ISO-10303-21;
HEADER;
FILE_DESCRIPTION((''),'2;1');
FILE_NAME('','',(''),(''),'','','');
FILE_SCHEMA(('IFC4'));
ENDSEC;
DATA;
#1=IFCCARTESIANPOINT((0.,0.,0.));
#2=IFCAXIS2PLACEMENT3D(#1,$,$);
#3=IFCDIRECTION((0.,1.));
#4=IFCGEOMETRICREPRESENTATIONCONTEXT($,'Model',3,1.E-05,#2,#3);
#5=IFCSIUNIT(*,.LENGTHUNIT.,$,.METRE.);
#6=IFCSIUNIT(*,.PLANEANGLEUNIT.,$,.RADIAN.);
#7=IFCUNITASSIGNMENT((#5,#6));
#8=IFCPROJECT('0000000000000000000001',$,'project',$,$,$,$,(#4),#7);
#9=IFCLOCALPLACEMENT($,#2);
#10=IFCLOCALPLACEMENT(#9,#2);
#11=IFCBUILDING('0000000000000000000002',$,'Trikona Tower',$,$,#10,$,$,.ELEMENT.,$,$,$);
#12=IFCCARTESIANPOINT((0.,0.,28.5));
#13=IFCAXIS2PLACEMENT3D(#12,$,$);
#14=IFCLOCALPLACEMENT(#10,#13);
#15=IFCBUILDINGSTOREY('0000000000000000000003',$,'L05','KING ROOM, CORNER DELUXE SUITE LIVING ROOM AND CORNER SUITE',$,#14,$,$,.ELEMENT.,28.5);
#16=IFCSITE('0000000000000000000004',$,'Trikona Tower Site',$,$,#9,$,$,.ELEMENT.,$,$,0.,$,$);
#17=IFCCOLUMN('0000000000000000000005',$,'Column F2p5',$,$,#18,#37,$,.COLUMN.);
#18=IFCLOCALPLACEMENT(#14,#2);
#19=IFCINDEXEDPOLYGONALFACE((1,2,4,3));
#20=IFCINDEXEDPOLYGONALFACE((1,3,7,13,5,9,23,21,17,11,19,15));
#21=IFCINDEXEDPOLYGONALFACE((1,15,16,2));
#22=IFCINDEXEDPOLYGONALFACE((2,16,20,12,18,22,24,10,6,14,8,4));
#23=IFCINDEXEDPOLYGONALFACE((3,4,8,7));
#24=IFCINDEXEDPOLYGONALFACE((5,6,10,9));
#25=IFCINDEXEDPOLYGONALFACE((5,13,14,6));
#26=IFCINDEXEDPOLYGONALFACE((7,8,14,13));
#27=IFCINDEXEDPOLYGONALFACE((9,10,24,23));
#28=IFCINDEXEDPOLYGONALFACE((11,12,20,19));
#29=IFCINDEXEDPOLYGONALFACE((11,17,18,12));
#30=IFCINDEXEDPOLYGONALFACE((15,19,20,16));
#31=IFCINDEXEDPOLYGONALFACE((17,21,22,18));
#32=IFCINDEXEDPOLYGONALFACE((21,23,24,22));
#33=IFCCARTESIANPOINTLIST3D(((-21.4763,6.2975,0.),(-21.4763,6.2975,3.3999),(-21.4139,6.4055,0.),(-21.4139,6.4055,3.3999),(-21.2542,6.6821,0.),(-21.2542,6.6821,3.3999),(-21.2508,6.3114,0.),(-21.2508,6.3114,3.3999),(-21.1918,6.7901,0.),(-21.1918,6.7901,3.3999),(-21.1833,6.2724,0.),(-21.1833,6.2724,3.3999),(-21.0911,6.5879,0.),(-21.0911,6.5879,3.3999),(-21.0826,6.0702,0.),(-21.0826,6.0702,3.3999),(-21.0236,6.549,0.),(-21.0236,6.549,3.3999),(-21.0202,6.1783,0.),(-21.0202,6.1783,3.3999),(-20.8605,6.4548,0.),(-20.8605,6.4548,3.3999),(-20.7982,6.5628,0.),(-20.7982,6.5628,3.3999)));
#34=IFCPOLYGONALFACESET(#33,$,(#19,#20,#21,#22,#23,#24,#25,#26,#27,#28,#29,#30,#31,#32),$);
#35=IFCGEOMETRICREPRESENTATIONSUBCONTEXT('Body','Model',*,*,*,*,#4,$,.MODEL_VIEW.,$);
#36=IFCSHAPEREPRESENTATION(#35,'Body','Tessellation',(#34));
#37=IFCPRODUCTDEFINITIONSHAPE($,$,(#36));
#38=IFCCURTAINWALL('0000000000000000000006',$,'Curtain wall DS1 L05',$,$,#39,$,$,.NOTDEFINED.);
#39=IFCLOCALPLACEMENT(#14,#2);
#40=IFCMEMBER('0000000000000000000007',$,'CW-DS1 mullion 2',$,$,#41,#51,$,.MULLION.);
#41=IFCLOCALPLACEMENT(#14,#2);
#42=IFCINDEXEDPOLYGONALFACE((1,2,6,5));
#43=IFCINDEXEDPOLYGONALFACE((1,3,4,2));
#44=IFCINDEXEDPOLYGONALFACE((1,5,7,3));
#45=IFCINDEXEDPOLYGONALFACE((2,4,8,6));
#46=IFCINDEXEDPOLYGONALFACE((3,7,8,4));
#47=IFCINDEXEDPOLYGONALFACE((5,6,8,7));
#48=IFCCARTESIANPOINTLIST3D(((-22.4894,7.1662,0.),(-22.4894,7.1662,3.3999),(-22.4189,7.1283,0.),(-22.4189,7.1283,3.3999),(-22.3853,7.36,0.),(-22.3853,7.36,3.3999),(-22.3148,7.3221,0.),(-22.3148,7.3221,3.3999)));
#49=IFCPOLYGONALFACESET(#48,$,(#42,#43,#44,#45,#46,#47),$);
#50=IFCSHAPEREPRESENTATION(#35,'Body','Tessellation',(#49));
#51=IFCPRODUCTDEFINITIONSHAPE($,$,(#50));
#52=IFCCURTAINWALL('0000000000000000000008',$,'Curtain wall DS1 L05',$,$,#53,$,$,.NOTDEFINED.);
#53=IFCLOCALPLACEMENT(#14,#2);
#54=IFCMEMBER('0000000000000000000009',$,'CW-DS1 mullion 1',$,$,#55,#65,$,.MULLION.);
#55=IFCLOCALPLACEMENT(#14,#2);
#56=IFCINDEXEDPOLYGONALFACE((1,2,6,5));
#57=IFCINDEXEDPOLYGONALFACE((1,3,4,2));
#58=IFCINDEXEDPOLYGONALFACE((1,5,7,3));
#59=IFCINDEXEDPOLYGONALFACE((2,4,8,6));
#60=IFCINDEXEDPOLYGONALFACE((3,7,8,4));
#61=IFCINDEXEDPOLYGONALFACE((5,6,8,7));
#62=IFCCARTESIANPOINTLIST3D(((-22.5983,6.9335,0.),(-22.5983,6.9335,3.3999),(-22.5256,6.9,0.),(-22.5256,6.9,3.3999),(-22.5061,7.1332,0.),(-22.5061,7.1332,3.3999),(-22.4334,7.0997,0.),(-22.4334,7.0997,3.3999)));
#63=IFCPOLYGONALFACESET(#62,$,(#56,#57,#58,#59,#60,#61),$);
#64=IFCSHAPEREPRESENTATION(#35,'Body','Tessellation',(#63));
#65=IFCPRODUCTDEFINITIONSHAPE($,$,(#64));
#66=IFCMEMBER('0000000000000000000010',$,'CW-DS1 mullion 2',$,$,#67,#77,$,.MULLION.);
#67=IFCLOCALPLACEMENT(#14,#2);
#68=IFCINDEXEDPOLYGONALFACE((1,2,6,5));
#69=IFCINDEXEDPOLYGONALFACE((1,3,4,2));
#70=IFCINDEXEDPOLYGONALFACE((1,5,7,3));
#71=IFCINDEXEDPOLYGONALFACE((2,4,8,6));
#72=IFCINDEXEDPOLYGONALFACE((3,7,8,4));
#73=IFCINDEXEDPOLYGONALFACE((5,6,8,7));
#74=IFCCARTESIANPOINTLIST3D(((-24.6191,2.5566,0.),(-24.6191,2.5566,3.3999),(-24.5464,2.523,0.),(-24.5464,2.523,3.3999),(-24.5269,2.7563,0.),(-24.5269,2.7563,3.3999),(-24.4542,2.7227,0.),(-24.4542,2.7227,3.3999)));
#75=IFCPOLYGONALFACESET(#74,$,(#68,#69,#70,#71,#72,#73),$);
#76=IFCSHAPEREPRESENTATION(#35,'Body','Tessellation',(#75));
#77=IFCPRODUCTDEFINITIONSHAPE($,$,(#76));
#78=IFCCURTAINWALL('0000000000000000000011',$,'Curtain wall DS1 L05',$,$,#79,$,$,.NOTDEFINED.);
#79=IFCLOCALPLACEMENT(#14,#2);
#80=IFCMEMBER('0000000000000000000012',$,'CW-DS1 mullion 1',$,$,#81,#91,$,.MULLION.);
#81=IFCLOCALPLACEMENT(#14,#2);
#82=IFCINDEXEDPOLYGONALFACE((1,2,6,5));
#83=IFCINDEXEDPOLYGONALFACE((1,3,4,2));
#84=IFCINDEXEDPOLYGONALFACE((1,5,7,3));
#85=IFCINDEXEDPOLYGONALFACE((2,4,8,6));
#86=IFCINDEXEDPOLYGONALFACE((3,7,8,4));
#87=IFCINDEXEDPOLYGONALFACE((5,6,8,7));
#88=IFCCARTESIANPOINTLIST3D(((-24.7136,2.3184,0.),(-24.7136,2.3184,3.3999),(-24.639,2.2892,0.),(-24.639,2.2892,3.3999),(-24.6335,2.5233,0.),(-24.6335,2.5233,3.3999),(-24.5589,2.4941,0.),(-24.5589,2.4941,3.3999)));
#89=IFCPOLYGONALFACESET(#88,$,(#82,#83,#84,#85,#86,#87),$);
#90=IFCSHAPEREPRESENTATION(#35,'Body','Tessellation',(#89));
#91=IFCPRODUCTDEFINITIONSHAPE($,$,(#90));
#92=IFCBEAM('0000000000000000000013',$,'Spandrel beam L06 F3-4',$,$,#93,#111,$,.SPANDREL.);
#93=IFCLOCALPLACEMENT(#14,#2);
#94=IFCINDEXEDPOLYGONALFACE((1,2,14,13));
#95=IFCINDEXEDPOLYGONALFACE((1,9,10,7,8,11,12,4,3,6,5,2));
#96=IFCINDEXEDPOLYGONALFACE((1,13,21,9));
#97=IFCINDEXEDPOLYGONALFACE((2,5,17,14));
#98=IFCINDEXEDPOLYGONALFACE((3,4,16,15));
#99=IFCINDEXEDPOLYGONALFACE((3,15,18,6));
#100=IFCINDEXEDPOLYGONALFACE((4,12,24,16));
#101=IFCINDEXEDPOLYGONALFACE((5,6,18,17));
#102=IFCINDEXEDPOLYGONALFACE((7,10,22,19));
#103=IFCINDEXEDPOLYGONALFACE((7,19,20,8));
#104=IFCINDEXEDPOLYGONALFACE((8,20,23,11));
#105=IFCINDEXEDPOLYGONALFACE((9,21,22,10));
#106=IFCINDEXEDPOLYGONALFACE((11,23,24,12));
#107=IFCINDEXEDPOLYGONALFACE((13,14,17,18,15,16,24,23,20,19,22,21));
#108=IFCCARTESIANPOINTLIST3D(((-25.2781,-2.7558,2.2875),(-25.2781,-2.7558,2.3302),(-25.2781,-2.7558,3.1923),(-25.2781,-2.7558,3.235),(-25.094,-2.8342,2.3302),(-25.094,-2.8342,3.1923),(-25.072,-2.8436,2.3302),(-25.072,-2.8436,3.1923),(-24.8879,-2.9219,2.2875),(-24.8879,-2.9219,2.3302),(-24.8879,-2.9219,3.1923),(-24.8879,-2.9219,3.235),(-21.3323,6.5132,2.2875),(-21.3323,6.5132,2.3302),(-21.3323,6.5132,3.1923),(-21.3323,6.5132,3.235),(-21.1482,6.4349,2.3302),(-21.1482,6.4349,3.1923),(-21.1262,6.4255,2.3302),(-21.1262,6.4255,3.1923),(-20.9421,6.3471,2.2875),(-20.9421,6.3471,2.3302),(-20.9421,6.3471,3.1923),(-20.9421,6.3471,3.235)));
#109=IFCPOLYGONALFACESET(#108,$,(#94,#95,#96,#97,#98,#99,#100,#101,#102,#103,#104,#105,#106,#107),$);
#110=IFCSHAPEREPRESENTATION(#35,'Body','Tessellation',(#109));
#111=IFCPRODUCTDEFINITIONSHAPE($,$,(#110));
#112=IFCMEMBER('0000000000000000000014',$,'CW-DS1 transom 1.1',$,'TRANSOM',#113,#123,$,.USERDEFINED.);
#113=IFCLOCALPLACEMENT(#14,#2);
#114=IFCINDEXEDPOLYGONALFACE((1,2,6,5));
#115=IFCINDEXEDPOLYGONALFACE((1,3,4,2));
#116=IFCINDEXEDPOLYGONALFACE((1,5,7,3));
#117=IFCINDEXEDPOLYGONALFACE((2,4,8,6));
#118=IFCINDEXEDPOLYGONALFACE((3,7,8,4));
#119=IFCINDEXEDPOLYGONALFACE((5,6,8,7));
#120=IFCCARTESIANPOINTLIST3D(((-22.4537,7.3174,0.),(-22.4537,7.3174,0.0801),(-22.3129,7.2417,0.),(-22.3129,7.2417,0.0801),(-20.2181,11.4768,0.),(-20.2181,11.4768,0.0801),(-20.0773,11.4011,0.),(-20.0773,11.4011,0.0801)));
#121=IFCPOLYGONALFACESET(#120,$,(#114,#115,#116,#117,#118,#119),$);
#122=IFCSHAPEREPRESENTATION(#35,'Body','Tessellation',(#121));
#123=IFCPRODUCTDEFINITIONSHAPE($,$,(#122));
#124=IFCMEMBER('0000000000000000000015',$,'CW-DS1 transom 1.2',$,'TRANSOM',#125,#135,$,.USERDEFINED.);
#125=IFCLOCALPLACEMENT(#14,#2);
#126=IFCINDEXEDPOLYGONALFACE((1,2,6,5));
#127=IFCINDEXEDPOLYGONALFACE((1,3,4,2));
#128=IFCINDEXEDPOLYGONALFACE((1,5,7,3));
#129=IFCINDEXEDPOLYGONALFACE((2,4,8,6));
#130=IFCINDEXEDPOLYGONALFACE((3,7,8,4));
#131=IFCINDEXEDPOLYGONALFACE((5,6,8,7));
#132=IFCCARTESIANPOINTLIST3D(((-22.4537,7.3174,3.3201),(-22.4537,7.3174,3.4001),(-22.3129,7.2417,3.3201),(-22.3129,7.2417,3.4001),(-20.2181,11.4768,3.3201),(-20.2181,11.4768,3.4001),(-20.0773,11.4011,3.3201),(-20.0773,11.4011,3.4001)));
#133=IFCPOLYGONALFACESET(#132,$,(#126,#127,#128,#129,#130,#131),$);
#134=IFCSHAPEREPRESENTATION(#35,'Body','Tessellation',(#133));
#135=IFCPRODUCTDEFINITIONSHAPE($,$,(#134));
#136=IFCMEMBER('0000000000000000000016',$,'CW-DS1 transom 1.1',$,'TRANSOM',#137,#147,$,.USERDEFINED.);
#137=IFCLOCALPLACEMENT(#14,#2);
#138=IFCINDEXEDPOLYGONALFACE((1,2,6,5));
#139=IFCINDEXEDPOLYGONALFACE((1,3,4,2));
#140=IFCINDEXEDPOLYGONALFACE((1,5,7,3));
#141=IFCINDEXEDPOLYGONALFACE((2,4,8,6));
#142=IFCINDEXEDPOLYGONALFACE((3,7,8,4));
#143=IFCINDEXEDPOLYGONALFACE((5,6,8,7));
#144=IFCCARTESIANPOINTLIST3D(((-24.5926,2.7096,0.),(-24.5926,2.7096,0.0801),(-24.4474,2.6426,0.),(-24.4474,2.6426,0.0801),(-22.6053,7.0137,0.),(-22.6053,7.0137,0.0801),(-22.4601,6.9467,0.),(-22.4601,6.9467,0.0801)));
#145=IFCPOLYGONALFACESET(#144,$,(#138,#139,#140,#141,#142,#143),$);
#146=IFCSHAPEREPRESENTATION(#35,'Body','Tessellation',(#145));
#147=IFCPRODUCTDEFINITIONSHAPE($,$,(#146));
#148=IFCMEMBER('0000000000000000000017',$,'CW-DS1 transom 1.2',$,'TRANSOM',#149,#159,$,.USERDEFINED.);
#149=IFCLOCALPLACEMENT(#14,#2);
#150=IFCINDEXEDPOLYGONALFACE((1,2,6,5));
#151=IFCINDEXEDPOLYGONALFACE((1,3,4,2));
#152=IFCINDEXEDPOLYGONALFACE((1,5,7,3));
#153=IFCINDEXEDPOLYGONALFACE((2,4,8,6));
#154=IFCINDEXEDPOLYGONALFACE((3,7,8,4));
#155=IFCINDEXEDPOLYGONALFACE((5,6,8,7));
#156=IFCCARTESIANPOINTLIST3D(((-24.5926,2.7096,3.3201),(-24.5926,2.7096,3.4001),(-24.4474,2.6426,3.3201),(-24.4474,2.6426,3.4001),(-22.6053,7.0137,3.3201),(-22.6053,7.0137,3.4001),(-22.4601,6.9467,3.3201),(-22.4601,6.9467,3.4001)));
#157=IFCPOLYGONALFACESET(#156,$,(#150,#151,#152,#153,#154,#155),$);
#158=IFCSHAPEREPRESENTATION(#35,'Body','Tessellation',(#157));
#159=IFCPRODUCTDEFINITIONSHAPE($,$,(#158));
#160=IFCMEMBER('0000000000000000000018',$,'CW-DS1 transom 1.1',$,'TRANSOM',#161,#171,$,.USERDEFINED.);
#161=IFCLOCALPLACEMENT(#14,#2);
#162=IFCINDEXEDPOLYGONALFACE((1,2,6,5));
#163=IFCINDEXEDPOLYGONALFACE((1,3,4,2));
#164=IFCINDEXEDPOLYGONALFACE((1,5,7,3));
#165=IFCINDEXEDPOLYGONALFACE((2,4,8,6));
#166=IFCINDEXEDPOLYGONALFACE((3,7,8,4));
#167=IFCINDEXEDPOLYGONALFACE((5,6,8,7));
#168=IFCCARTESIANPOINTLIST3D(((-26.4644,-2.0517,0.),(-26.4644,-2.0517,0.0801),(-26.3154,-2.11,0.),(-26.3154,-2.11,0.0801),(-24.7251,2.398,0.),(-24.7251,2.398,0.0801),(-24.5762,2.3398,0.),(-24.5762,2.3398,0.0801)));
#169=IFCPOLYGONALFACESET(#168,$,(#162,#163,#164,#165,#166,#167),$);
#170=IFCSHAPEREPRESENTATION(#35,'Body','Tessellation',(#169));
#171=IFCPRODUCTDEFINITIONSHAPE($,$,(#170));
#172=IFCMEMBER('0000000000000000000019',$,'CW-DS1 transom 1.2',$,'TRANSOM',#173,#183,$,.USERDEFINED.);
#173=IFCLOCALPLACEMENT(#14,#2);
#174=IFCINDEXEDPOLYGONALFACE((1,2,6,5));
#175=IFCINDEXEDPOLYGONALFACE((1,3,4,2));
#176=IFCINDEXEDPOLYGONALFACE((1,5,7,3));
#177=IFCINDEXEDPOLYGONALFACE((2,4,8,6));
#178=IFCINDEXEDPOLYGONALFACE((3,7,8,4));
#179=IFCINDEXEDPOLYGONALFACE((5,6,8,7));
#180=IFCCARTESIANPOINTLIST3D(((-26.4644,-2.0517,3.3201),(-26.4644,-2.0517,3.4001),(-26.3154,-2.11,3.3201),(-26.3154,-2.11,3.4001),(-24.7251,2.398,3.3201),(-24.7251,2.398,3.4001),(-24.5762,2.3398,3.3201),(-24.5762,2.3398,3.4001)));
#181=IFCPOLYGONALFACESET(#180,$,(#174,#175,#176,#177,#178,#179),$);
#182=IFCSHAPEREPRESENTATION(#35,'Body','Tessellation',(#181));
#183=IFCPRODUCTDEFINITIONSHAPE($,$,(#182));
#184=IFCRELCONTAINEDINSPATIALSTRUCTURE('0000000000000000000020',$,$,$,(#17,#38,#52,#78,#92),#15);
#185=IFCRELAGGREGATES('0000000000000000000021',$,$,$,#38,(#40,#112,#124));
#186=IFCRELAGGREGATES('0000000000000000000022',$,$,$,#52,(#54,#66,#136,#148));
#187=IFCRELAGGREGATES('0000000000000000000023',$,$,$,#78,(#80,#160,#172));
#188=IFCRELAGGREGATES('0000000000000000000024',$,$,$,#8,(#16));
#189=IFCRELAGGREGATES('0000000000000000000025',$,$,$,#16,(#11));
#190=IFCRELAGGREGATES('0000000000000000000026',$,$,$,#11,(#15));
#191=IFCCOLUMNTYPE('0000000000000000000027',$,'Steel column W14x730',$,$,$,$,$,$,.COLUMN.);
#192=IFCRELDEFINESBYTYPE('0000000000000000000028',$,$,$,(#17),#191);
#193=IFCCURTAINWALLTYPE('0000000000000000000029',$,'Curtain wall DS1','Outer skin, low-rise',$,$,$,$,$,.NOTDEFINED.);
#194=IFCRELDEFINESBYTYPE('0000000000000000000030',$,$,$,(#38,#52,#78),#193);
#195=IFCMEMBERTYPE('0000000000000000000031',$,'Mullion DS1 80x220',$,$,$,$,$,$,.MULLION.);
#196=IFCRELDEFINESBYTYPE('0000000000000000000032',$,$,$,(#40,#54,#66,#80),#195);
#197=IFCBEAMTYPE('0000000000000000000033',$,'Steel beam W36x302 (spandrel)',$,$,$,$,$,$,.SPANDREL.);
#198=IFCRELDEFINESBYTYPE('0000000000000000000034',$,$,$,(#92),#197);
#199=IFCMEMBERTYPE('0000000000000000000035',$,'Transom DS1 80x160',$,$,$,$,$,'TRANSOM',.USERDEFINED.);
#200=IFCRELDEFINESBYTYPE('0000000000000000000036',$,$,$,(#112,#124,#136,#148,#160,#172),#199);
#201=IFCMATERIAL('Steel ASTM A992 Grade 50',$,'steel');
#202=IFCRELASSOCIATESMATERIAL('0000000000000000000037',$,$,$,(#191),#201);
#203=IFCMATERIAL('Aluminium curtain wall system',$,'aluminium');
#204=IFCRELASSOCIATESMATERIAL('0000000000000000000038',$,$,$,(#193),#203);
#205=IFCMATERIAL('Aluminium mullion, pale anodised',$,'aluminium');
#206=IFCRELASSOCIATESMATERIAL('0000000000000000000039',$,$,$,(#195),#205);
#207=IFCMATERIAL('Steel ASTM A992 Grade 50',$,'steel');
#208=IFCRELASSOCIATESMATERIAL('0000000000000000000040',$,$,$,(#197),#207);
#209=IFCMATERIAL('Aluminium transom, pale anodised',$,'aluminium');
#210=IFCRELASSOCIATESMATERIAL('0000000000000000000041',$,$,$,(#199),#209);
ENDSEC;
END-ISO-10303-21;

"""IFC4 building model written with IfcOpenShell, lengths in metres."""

from ifc_helpers import new_model, si_unit, direction, frame, origin, origin_2d, place, context, subcontext, project, spatial, rectangle, i_section, extrude, material, material_profile, profile_set, type_object, element, aggregate, save


model = new_model("IFC4")

# Units and contexts
model_context = context("Model", 3, precision=1e-05, world=origin(), true_north=direction((0.0, 1.0)))
body_context = subcontext(model_context, "Body", "Model", "MODEL_VIEW")
ifc_project = project(units=[si_unit("LENGTHUNIT", "METRE"), si_unit("PLANEANGLEUNIT", "RADIAN")], contexts=[model_context])

# Site, building, storey
site_placement = place(None, origin())
site = spatial("IfcSite", under=ifc_project, at=site_placement, Name="Trikona Tower Site", CompositionType="ELEMENT", RefElevation=0.0)
building_placement = place(site_placement, origin())
building = spatial("IfcBuilding", under=site, at=building_placement, Name="Trikona Tower", CompositionType="ELEMENT")
storey_placement = place(building_placement, frame((0.0, 0.0, 28.5)))
storey = spatial("IfcBuildingStorey", under=building, at=storey_placement, Name="L05", Description="KING ROOM, CORNER DELUXE SUITE LIVING ROOM AND CORNER SUITE", CompositionType="ELEMENT", Elevation=28.5)

# Column
ifc_material_1 = material(Name="Steel ASTM A992 Grade 50", Category="steel")
ifc_material_profile_1 = material_profile(ifc_material_1, i_section(OverallWidth=0.4546, OverallDepth=0.5688, WebThickness=0.0779, FlangeThickness=0.1248, at=origin_2d()), Name="W14X730")
ifc_profile_set_1 = profile_set([ifc_material_profile_1], Name="Steel ASTM A992 Grade 50")
column_type = type_object("IfcColumnType", Name="Steel column W14x730", PredefinedType="COLUMN", material=ifc_profile_set_1)
column_placement = place(storey_placement, frame((-21.1372, 6.4302, 0.0), z_axis=(0.0, 0.0, 1.0), x_axis=(-0.866025, 0.5, 0.0)))
element("IfcColumn", 1, at=column_placement, inside=storey, type_object=column_type, Name="Column F2p5", PredefinedType="COLUMN", context=body_context, shape_type="SweptSolid", body=[
    extrude(i_section(OverallWidth=0.4546, OverallDepth=0.5688, WebThickness=0.0779, FlangeThickness=0.1248, at=origin_2d()), origin(), (0.0, 0.0, 1.0), 3.3999),
])

# Curtain wall, member
ifc_material_2 = material(Name="Aluminium curtain wall system", Category="aluminium")
curtain_wall_type = type_object("IfcCurtainWallType", Name="Curtain wall DS1", Description="Outer skin, low-rise", PredefinedType="NOTDEFINED", material=ifc_material_2)
curtain_wall_1_placement = place(storey_placement, origin())
curtain_wall_1 = element("IfcCurtainWall", 2, at=curtain_wall_1_placement, inside=storey, type_object=curtain_wall_type, Name="Curtain wall DS1 L05", PredefinedType="NOTDEFINED")
ifc_material_3 = material(Name="Aluminium mullion, pale anodised", Category="aluminium")
ifc_material_profile_2 = material_profile(ifc_material_3, rectangle(XDim=0.0801, YDim=0.22, at=origin_2d()), Name="MUL-DS1")
ifc_profile_set_2 = profile_set([ifc_material_profile_2], Name="Aluminium mullion, pale anodised")
member_type_1 = type_object("IfcMemberType", Name="Mullion DS1 80x220", PredefinedType="MULLION", material=ifc_profile_set_2)
member_1_placement = place(storey_placement, frame((-22.4021, 7.2441, 0.0), z_axis=(0.0, 0.0, 1.0), x_axis=(0.880843, -0.473408, 0.0)))
member_1 = element("IfcMember", 3, at=member_1_placement, type_object=member_type_1, Name="CW-DS1 mullion 2", PredefinedType="MULLION", context=body_context, shape_type="SweptSolid", body=[
    extrude(rectangle(XDim=0.0801, YDim=0.22, at=origin_2d()), origin(), (0.0, 0.0, 1.0), 3.3999),
])

# Curtain wall, members
curtain_wall_2_placement = place(storey_placement, origin())
curtain_wall_2 = element("IfcCurtainWall", 4, at=curtain_wall_2_placement, inside=storey, type_object=curtain_wall_type, Name="Curtain wall DS1 L05", PredefinedType="NOTDEFINED")
member_2_placement = place(storey_placement, frame((-22.5159, 7.0166, 0.0), z_axis=(0.0, 0.0, 1.0), x_axis=(0.907898, -0.41919, 0.0)))
member_2 = element("IfcMember", 5, at=member_2_placement, type_object=member_type_1, Name="CW-DS1 mullion 1", PredefinedType="MULLION", context=body_context, shape_type="SweptSolid", body=[
    extrude(rectangle(XDim=0.0801, YDim=0.22, at=origin_2d()), origin(), (0.0, 0.0, 1.0), 3.3999),
])
member_3_placement = place(storey_placement, frame((-24.5366, 2.6396, 0.0), z_axis=(0.0, 0.0, 1.0), x_axis=(0.907898, -0.41919, 0.0)))
member_3 = element("IfcMember", 6, at=member_3_placement, type_object=member_type_1, Name="CW-DS1 mullion 2", PredefinedType="MULLION", context=body_context, shape_type="SweptSolid", body=[
    extrude(rectangle(XDim=0.0801, YDim=0.22, at=origin_2d()), origin(), (0.0, 0.0, 1.0), 3.3999),
])

# Curtain wall, member
curtain_wall_3_placement = place(storey_placement, origin())
curtain_wall_3 = element("IfcCurtainWall", 7, at=curtain_wall_3_placement, inside=storey, type_object=curtain_wall_type, Name="Curtain wall DS1 L05", PredefinedType="NOTDEFINED")
member_4_placement = place(storey_placement, frame((-24.6362, 2.4062, 0.0), z_axis=(0.0, 0.0, 1.0), x_axis=(0.931396, -0.364008, 0.0)))
member_4 = element("IfcMember", 8, at=member_4_placement, type_object=member_type_1, Name="CW-DS1 mullion 1", PredefinedType="MULLION", context=body_context, shape_type="SweptSolid", body=[
    extrude(rectangle(XDim=0.0801, YDim=0.22, at=origin_2d()), origin(), (0.0, 0.0, 1.0), 3.3999),
])

# Beam
ifc_material_4 = material(Name="Steel ASTM A992 Grade 50", Category="steel")
ifc_material_profile_3 = material_profile(ifc_material_4, i_section(OverallWidth=0.4241, OverallDepth=0.9475, WebThickness=0.0239, FlangeThickness=0.0427, at=origin_2d()), Name="W36X302")
ifc_profile_set_3 = profile_set([ifc_material_profile_3], Name="Steel ASTM A992 Grade 50")
beam_type = type_object("IfcBeamType", Name="Steel beam W36x302 (spandrel)", PredefinedType="SPANDREL", material=ifc_profile_set_3)
beam_placement = place(storey_placement, frame((-21.1372, 6.4302, 2.7612), z_axis=(-0.391684, -0.9201, 0.0), x_axis=(0.9201, -0.391684, 0.0)))
element("IfcBeam", 9, at=beam_placement, inside=storey, type_object=beam_type, Name="Spandrel beam L06 F3-4", PredefinedType="SPANDREL", context=body_context, shape_type="SweptSolid", body=[
    extrude(i_section(OverallWidth=0.4241, OverallDepth=0.9475, WebThickness=0.0239, FlangeThickness=0.0427, at=origin_2d()), origin(), (0.0, 0.0, 1.0), 10.074),
])

# Members
ifc_material_5 = material(Name="Aluminium transom, pale anodised", Category="aluminium")
ifc_material_profile_4 = material_profile(ifc_material_5, rectangle(XDim=0.1599, YDim=0.0801, at=origin_2d()), Name="TRN-DS1")
ifc_profile_set_4 = profile_set([ifc_material_profile_4], Name="Aluminium transom, pale anodised")
member_type_2 = type_object("IfcMemberType", Name="Transom DS1 80x160", ElementType="TRANSOM", PredefinedType="USERDEFINED", material=ifc_profile_set_4)
member_5_placement = place(storey_placement, frame((-20.1477, 11.439, 0.04), z_axis=(-0.473428, -0.880833, 0.0), x_axis=(0.880833, -0.473428, 0.0)))
member_5 = element("IfcMember", 10, at=member_5_placement, type_object=member_type_2, Name="CW-DS1 transom 1.1", ObjectType="TRANSOM", PredefinedType="USERDEFINED", context=body_context, shape_type="SweptSolid", body=[
    extrude(rectangle(XDim=0.1599, YDim=0.0801, at=origin_2d()), origin(), (0.0, 0.0, 1.0), 4.7222),
])
member_6_placement = place(storey_placement, frame((-20.1477, 11.439, 3.3601), z_axis=(-0.473428, -0.880833, 0.0), x_axis=(0.880833, -0.473428, 0.0)))
member_6 = element("IfcMember", 11, at=member_6_placement, type_object=member_type_2, Name="CW-DS1 transom 1.2", ObjectType="TRANSOM", PredefinedType="USERDEFINED", context=body_context, shape_type="SweptSolid", body=[
    extrude(rectangle(XDim=0.1599, YDim=0.0801, at=origin_2d()), origin(), (0.0, 0.0, 1.0), 4.7222),
])
member_7_placement = place(storey_placement, frame((-22.5327, 6.9802, 0.04), z_axis=(-0.419189, -0.907899, 0.0), x_axis=(0.907899, -0.419189, 0.0)))
member_7 = element("IfcMember", 12, at=member_7_placement, type_object=member_type_2, Name="CW-DS1 transom 1.1", ObjectType="TRANSOM", PredefinedType="USERDEFINED", context=body_context, shape_type="SweptSolid", body=[
    extrude(rectangle(XDim=0.1599, YDim=0.0801, at=origin_2d()), origin(), (0.0, 0.0, 1.0), 4.7407),
])
member_8_placement = place(storey_placement, frame((-22.5327, 6.9802, 3.3601), z_axis=(-0.419189, -0.907899, 0.0), x_axis=(0.907899, -0.419189, 0.0)))
member_8 = element("IfcMember", 13, at=member_8_placement, type_object=member_type_2, Name="CW-DS1 transom 1.2", ObjectType="TRANSOM", PredefinedType="USERDEFINED", context=body_context, shape_type="SweptSolid", body=[
    extrude(rectangle(XDim=0.1599, YDim=0.0801, at=origin_2d()), origin(), (0.0, 0.0, 1.0), 4.7407),
])
member_9_placement = place(storey_placement, frame((-24.6506, 2.3689, 0.04), z_axis=(-0.364049, -0.93138, 0.0), x_axis=(0.93138, -0.364049, 0.0)))
member_9 = element("IfcMember", 14, at=member_9_placement, type_object=member_type_2, Name="CW-DS1 transom 1.1", ObjectType="TRANSOM", PredefinedType="USERDEFINED", context=body_context, shape_type="SweptSolid", body=[
    extrude(rectangle(XDim=0.1599, YDim=0.0801, at=origin_2d()), origin(), (0.0, 0.0, 1.0), 4.7776),
])
member_10_placement = place(storey_placement, frame((-24.6506, 2.3689, 3.3601), z_axis=(-0.364049, -0.93138, 0.0), x_axis=(0.93138, -0.364049, 0.0)))
member_10 = element("IfcMember", 15, at=member_10_placement, type_object=member_type_2, Name="CW-DS1 transom 1.2", ObjectType="TRANSOM", PredefinedType="USERDEFINED", context=body_context, shape_type="SweptSolid", body=[
    extrude(rectangle(XDim=0.1599, YDim=0.0801, at=origin_2d()), origin(), (0.0, 0.0, 1.0), 4.7776),
])

aggregate(curtain_wall_1, [member_1, member_5, member_6])
aggregate(curtain_wall_2, [member_2, member_3, member_7, member_8])
aggregate(curtain_wall_3, [member_4, member_9, member_10])

save(model, "model.ifc")
